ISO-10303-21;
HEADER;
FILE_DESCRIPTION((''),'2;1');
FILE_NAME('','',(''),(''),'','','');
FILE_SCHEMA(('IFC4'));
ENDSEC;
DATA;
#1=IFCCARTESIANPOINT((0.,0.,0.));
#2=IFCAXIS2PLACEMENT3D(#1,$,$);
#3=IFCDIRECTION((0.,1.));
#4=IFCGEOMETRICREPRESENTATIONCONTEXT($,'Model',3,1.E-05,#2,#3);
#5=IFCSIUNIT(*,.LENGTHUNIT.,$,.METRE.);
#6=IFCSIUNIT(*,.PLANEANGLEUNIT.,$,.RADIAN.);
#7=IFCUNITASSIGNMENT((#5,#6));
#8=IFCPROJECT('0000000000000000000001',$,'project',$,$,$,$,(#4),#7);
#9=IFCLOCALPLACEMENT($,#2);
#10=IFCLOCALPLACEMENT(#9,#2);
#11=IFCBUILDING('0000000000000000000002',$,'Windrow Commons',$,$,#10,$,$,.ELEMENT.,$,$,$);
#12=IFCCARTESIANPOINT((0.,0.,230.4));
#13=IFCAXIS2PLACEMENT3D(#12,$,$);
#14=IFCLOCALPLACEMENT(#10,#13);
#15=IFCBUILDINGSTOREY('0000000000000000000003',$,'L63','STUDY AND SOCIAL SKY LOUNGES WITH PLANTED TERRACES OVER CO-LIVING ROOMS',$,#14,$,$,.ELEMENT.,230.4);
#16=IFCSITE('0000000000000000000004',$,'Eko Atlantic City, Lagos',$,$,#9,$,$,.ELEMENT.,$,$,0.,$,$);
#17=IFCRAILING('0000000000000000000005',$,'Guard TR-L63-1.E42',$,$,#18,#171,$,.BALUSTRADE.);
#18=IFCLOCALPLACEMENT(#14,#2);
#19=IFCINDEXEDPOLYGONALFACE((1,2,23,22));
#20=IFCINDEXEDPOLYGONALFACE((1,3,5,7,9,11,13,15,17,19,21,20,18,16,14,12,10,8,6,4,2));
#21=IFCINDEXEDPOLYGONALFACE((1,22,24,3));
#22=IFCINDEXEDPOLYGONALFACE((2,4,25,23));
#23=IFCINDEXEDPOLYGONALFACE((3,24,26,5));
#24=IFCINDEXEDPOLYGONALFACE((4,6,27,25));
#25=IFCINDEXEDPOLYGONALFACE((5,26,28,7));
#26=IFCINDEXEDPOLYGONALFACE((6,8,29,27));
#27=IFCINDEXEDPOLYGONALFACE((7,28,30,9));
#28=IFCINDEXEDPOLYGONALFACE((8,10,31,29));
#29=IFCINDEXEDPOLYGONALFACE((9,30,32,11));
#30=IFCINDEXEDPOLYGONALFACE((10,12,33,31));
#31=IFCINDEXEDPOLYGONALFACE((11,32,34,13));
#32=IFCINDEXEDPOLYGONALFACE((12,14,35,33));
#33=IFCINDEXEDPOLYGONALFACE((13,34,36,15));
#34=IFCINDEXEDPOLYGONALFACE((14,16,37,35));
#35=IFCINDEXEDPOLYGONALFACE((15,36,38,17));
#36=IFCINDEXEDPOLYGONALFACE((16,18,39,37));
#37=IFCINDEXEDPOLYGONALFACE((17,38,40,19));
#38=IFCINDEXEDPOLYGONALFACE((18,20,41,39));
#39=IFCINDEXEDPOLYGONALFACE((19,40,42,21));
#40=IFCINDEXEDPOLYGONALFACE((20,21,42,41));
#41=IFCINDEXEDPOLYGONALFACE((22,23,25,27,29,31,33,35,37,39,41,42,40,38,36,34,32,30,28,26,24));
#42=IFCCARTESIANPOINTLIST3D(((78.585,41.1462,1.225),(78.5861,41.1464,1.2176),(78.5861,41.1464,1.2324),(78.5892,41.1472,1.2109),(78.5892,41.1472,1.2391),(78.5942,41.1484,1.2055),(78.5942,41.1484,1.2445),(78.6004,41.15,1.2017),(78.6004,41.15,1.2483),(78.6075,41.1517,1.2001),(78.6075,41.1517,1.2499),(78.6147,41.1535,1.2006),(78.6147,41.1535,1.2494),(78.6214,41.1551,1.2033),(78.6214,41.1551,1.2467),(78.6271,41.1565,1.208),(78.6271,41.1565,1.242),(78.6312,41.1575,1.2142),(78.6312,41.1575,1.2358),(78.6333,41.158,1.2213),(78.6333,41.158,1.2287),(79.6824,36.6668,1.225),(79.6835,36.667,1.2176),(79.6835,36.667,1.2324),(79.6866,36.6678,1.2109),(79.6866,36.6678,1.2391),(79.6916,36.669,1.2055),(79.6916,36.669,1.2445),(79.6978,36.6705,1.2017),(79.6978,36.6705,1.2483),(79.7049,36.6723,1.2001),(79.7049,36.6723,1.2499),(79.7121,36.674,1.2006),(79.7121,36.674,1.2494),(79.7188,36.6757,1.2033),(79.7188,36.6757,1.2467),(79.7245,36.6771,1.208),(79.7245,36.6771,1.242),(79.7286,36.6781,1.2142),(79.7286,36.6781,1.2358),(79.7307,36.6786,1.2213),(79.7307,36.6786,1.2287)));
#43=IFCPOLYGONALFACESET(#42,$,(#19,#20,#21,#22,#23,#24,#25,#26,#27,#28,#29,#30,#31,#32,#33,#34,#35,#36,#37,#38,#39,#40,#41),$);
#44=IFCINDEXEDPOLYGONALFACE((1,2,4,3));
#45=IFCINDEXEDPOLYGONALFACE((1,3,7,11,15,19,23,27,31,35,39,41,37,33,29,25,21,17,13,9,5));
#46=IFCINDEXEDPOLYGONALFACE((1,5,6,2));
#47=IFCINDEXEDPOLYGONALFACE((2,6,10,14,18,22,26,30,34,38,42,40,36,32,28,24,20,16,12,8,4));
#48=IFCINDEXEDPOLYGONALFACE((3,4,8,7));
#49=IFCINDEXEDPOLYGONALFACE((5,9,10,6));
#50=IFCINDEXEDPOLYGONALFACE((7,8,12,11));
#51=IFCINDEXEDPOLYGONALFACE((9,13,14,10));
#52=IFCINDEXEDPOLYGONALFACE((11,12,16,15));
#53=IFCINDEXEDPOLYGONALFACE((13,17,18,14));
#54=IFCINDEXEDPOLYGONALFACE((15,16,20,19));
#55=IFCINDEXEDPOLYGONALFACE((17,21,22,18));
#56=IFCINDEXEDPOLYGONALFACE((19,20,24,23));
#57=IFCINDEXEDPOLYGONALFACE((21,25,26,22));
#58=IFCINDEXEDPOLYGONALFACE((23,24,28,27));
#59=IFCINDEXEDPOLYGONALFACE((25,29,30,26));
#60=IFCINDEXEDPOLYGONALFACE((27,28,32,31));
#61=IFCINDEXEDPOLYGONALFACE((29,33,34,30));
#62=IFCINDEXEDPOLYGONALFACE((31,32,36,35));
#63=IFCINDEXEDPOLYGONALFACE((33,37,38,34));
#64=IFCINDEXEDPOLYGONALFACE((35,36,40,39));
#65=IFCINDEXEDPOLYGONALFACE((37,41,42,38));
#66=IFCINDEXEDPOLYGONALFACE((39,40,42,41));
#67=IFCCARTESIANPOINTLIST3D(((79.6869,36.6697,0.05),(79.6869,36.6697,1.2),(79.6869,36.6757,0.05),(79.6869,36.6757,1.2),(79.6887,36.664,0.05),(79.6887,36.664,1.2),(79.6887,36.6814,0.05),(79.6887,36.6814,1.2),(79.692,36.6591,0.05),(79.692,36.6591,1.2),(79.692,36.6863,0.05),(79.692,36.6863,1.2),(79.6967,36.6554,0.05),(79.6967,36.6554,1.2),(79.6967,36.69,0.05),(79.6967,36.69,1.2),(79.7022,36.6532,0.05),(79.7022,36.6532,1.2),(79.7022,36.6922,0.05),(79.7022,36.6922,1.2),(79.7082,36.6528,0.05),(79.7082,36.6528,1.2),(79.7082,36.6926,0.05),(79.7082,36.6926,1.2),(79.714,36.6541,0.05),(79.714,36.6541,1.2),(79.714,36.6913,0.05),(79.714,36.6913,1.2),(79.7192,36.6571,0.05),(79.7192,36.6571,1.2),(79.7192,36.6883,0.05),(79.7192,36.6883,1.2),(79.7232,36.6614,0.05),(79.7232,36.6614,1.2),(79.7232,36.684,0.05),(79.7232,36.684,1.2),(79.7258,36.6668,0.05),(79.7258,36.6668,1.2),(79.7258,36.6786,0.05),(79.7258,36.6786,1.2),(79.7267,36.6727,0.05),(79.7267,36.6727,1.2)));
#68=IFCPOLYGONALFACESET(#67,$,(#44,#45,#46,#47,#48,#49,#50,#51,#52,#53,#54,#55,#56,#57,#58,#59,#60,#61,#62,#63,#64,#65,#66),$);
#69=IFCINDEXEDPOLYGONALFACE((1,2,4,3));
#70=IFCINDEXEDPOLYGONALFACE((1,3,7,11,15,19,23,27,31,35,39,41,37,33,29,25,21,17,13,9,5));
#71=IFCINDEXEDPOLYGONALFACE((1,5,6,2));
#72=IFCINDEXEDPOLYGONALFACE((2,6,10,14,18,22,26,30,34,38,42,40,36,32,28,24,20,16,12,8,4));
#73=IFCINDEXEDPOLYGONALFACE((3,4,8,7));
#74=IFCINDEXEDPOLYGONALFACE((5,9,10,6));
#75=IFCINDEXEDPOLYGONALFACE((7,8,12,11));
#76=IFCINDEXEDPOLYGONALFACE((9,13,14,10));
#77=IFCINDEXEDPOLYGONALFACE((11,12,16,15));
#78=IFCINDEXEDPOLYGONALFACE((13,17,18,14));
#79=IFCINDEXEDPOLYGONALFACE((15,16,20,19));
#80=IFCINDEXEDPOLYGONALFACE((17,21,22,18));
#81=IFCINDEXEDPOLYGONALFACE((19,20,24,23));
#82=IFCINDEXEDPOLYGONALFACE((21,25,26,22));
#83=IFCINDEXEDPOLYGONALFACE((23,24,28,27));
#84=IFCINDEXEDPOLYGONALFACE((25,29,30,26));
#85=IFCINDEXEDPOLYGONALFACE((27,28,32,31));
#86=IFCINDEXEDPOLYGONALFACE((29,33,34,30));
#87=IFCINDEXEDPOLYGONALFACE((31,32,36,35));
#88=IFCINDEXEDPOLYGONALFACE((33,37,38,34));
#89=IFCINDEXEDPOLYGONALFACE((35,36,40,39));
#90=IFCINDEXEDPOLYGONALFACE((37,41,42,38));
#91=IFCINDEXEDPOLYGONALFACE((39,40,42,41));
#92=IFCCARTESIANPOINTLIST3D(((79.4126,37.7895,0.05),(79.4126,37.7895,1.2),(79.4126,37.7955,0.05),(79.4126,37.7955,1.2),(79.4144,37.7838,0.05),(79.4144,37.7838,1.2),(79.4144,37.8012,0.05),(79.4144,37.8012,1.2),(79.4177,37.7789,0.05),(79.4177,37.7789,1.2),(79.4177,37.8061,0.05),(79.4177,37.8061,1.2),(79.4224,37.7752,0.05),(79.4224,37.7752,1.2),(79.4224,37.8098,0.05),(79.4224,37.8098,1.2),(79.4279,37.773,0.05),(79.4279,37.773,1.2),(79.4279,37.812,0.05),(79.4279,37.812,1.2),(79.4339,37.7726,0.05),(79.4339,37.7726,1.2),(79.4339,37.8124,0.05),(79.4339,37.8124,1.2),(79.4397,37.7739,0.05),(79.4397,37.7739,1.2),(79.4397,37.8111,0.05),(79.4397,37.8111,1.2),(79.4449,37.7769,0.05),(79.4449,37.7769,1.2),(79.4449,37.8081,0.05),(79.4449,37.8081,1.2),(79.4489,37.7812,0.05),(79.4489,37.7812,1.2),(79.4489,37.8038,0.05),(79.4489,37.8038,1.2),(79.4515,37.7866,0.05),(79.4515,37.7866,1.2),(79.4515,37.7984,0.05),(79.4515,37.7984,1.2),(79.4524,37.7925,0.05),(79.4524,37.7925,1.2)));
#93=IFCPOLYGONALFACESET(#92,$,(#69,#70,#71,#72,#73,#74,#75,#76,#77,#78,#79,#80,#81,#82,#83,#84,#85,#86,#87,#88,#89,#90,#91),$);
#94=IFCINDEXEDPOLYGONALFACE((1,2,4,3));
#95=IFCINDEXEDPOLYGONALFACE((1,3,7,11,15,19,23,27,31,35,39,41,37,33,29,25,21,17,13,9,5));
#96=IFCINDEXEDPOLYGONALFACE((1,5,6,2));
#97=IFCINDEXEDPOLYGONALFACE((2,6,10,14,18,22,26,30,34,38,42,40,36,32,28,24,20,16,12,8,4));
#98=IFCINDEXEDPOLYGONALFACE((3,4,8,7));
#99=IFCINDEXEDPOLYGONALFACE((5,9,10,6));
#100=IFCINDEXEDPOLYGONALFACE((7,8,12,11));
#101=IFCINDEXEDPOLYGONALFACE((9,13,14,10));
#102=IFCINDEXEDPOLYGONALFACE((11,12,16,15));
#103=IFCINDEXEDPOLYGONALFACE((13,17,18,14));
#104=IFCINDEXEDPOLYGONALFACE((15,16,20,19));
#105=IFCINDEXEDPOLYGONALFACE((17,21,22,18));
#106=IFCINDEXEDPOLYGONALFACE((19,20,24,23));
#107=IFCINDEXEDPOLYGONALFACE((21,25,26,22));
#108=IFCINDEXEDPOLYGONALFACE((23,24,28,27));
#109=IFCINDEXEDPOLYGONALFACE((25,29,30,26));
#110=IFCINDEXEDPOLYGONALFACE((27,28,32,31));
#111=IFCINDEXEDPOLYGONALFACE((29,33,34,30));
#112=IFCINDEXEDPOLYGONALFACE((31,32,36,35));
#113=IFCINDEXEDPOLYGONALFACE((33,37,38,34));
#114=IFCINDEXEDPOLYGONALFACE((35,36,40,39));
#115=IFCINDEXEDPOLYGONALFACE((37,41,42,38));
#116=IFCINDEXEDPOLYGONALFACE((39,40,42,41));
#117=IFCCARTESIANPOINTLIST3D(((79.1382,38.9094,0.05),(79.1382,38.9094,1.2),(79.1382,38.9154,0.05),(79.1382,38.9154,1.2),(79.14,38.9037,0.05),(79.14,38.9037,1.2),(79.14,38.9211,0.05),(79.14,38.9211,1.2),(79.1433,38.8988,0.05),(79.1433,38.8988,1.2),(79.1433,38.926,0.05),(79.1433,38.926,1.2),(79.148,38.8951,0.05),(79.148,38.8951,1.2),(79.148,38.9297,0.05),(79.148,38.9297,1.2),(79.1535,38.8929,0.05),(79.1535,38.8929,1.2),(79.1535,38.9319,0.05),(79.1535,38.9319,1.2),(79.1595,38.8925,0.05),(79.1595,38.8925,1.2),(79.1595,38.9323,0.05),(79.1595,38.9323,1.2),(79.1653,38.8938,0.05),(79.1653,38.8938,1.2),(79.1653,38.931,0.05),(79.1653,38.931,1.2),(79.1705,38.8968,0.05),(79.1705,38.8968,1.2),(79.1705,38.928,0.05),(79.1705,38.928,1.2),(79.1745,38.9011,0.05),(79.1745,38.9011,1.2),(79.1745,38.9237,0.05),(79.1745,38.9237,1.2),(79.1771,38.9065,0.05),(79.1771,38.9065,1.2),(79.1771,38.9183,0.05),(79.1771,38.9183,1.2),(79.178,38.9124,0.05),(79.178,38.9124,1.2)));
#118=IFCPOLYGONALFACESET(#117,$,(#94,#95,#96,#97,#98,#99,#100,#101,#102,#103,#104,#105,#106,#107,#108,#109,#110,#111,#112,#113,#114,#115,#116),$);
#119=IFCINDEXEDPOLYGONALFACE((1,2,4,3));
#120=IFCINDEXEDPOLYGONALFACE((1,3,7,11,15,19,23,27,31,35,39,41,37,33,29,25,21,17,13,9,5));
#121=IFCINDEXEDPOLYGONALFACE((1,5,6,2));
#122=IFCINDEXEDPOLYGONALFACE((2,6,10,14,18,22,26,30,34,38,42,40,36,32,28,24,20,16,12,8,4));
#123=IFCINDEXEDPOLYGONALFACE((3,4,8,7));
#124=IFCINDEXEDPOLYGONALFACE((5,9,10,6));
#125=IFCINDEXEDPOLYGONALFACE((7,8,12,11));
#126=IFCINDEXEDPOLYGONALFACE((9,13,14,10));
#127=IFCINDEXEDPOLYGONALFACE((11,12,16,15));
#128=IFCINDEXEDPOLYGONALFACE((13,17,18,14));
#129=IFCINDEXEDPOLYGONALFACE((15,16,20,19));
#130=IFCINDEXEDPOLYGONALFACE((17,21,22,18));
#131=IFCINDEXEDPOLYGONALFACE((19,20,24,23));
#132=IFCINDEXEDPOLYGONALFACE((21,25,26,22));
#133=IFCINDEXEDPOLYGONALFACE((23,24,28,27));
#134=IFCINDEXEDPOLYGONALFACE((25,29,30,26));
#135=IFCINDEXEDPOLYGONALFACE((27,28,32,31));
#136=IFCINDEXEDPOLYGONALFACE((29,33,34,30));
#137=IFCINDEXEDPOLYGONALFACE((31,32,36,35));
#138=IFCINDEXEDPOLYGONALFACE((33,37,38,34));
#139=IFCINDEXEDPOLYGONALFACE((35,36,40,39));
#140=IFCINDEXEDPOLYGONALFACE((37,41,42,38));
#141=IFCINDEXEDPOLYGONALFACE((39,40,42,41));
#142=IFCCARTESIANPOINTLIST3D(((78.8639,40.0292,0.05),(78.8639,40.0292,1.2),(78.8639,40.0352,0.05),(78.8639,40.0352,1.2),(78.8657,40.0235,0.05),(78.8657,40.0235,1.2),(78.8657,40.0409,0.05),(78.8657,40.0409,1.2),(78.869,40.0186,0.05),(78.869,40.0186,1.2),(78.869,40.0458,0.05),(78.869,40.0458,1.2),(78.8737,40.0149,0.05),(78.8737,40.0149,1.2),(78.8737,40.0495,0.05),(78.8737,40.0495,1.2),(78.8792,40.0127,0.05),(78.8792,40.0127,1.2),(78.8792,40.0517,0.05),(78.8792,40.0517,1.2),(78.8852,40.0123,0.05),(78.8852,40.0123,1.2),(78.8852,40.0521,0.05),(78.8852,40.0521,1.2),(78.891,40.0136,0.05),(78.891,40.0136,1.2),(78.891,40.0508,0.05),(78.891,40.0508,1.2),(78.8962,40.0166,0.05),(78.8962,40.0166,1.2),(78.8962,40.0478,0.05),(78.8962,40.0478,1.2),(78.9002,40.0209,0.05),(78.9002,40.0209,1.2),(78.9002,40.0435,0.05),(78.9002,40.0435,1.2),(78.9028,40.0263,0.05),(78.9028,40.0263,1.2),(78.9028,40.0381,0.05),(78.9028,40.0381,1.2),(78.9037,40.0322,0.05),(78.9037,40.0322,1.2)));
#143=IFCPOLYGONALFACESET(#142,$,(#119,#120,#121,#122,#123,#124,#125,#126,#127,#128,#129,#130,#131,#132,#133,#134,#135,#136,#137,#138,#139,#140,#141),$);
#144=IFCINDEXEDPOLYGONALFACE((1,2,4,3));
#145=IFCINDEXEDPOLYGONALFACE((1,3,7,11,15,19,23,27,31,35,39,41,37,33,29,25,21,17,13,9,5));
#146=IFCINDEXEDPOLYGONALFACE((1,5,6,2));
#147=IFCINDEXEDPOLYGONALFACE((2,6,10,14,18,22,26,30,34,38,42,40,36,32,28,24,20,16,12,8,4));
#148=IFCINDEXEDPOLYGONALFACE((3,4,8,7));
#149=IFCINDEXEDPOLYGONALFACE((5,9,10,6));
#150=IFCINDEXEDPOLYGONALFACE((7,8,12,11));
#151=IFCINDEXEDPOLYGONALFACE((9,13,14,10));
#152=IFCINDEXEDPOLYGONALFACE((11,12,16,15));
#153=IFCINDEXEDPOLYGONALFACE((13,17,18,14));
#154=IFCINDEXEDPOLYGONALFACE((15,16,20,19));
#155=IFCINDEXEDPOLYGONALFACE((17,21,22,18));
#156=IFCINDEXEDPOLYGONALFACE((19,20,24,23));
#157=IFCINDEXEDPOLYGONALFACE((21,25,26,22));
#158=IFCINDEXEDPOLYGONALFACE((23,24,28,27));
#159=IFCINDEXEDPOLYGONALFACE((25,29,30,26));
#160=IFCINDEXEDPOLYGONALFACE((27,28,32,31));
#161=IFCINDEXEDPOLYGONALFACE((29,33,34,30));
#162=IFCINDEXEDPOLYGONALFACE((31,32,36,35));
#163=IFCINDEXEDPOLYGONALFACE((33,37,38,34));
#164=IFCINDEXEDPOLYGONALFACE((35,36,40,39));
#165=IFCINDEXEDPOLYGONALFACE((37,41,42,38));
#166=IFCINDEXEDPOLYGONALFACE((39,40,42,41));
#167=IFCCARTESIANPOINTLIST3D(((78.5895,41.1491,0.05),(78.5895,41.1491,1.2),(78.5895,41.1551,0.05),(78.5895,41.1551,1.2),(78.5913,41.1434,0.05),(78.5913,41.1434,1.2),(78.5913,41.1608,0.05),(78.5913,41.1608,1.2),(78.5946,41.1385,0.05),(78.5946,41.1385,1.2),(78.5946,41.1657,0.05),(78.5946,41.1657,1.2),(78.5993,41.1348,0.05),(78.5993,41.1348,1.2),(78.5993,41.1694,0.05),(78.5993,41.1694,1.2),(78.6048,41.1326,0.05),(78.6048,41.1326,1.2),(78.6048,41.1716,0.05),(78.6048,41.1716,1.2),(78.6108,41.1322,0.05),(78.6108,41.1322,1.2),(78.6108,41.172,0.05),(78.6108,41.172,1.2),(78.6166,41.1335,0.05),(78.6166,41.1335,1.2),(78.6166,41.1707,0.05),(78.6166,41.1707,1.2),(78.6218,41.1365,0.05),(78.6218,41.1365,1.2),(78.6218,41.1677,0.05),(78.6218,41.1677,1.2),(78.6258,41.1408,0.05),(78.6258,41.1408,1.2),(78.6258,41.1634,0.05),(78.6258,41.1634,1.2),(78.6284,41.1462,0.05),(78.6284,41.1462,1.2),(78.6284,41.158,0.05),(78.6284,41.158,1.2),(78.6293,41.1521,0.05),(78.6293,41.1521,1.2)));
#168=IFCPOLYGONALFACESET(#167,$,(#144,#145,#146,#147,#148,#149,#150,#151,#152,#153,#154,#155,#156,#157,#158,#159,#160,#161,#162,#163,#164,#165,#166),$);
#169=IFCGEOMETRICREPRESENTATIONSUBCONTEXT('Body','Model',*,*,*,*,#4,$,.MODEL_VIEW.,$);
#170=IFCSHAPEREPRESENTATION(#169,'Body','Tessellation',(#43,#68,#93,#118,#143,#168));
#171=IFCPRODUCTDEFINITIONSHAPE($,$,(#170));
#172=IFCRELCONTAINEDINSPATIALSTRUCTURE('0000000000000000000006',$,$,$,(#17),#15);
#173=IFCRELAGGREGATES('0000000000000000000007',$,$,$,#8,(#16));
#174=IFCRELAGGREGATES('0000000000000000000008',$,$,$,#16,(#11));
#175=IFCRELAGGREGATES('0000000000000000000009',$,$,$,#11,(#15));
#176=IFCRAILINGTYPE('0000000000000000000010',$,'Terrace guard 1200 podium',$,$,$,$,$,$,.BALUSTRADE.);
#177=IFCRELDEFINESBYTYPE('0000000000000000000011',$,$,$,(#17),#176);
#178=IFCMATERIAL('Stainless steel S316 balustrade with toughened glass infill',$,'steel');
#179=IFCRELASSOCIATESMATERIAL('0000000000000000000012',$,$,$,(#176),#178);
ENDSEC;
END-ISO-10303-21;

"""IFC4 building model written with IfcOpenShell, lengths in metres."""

from ifc_helpers import new_model, si_unit, direction, frame, origin, origin_2d, place, context, subcontext, project, spatial, circle, extrude, material, type_object, element, save


model = new_model("IFC4")

# Units and contexts
model_context = context("Model", 3, precision=1e-05, world=origin(), true_north=direction((0.0, 1.0)))
body_context = subcontext(model_context, "Body", "Model", "MODEL_VIEW")
ifc_project = project(units=[si_unit("LENGTHUNIT", "METRE"), si_unit("PLANEANGLEUNIT", "RADIAN")], contexts=[model_context])

# Site, building, storey
site_placement = place(None, origin())
site = spatial("IfcSite", under=ifc_project, at=site_placement, Name="Eko Atlantic City, Lagos", CompositionType="ELEMENT", RefElevation=0.0)
building_placement = place(site_placement, origin())
building = spatial("IfcBuilding", under=site, at=building_placement, Name="Windrow Commons", CompositionType="ELEMENT")
storey_placement = place(building_placement, frame((0.0, 0.0, 230.4)))
storey = spatial("IfcBuildingStorey", under=building, at=storey_placement, Name="L63", Description="STUDY AND SOCIAL SKY LOUNGES WITH PLANTED TERRACES OVER CO-LIVING ROOMS", CompositionType="ELEMENT", Elevation=230.4)

# Railing
ifc_material_1 = material(Name="Stainless steel S316 balustrade with toughened glass infill", Category="steel")
railing_type = type_object("IfcRailingType", Name="Terrace guard 1200 podium", PredefinedType="BALUSTRADE", material=ifc_material_1)
railing_1_placement = place(storey_placement, frame((79.7067, 36.6727, 0.05)))
element("IfcRailing", 1, at=railing_1_placement, inside=storey, type_object=railing_type, Name="Guard TR-L63-1.E42", PredefinedType="BALUSTRADE", context=body_context, shape_type="SweptSolid", body=[
    extrude(circle(Radius=0.025, at=origin_2d()), frame((0.0, 0.0, 1.175), z_axis=(-0.237951, 0.971277, 0.0), x_axis=(-0.971277, -0.237951, 0.0)), (0.0, 0.0, 1.0), 4.6119),
    extrude(circle(Radius=0.02, at=origin_2d()), origin(), (0.0, 0.0, 1.0), 1.15),
    extrude(circle(Radius=0.02, at=origin_2d()), frame((-0.2743, 1.1198, 0.0)), (0.0, 0.0, 1.0), 1.15),
    extrude(circle(Radius=0.02, at=origin_2d()), frame((-0.5487, 2.2397, 0.0)), (0.0, 0.0, 1.0), 1.15),
    extrude(circle(Radius=0.02, at=origin_2d()), frame((-0.823, 3.3595, 0.0)), (0.0, 0.0, 1.0), 1.15),
    extrude(circle(Radius=0.02, at=origin_2d()), frame((-1.0974, 4.4794, 0.0)), (0.0, 0.0, 1.0), 1.15),
])

save(model, "model.ifc")
